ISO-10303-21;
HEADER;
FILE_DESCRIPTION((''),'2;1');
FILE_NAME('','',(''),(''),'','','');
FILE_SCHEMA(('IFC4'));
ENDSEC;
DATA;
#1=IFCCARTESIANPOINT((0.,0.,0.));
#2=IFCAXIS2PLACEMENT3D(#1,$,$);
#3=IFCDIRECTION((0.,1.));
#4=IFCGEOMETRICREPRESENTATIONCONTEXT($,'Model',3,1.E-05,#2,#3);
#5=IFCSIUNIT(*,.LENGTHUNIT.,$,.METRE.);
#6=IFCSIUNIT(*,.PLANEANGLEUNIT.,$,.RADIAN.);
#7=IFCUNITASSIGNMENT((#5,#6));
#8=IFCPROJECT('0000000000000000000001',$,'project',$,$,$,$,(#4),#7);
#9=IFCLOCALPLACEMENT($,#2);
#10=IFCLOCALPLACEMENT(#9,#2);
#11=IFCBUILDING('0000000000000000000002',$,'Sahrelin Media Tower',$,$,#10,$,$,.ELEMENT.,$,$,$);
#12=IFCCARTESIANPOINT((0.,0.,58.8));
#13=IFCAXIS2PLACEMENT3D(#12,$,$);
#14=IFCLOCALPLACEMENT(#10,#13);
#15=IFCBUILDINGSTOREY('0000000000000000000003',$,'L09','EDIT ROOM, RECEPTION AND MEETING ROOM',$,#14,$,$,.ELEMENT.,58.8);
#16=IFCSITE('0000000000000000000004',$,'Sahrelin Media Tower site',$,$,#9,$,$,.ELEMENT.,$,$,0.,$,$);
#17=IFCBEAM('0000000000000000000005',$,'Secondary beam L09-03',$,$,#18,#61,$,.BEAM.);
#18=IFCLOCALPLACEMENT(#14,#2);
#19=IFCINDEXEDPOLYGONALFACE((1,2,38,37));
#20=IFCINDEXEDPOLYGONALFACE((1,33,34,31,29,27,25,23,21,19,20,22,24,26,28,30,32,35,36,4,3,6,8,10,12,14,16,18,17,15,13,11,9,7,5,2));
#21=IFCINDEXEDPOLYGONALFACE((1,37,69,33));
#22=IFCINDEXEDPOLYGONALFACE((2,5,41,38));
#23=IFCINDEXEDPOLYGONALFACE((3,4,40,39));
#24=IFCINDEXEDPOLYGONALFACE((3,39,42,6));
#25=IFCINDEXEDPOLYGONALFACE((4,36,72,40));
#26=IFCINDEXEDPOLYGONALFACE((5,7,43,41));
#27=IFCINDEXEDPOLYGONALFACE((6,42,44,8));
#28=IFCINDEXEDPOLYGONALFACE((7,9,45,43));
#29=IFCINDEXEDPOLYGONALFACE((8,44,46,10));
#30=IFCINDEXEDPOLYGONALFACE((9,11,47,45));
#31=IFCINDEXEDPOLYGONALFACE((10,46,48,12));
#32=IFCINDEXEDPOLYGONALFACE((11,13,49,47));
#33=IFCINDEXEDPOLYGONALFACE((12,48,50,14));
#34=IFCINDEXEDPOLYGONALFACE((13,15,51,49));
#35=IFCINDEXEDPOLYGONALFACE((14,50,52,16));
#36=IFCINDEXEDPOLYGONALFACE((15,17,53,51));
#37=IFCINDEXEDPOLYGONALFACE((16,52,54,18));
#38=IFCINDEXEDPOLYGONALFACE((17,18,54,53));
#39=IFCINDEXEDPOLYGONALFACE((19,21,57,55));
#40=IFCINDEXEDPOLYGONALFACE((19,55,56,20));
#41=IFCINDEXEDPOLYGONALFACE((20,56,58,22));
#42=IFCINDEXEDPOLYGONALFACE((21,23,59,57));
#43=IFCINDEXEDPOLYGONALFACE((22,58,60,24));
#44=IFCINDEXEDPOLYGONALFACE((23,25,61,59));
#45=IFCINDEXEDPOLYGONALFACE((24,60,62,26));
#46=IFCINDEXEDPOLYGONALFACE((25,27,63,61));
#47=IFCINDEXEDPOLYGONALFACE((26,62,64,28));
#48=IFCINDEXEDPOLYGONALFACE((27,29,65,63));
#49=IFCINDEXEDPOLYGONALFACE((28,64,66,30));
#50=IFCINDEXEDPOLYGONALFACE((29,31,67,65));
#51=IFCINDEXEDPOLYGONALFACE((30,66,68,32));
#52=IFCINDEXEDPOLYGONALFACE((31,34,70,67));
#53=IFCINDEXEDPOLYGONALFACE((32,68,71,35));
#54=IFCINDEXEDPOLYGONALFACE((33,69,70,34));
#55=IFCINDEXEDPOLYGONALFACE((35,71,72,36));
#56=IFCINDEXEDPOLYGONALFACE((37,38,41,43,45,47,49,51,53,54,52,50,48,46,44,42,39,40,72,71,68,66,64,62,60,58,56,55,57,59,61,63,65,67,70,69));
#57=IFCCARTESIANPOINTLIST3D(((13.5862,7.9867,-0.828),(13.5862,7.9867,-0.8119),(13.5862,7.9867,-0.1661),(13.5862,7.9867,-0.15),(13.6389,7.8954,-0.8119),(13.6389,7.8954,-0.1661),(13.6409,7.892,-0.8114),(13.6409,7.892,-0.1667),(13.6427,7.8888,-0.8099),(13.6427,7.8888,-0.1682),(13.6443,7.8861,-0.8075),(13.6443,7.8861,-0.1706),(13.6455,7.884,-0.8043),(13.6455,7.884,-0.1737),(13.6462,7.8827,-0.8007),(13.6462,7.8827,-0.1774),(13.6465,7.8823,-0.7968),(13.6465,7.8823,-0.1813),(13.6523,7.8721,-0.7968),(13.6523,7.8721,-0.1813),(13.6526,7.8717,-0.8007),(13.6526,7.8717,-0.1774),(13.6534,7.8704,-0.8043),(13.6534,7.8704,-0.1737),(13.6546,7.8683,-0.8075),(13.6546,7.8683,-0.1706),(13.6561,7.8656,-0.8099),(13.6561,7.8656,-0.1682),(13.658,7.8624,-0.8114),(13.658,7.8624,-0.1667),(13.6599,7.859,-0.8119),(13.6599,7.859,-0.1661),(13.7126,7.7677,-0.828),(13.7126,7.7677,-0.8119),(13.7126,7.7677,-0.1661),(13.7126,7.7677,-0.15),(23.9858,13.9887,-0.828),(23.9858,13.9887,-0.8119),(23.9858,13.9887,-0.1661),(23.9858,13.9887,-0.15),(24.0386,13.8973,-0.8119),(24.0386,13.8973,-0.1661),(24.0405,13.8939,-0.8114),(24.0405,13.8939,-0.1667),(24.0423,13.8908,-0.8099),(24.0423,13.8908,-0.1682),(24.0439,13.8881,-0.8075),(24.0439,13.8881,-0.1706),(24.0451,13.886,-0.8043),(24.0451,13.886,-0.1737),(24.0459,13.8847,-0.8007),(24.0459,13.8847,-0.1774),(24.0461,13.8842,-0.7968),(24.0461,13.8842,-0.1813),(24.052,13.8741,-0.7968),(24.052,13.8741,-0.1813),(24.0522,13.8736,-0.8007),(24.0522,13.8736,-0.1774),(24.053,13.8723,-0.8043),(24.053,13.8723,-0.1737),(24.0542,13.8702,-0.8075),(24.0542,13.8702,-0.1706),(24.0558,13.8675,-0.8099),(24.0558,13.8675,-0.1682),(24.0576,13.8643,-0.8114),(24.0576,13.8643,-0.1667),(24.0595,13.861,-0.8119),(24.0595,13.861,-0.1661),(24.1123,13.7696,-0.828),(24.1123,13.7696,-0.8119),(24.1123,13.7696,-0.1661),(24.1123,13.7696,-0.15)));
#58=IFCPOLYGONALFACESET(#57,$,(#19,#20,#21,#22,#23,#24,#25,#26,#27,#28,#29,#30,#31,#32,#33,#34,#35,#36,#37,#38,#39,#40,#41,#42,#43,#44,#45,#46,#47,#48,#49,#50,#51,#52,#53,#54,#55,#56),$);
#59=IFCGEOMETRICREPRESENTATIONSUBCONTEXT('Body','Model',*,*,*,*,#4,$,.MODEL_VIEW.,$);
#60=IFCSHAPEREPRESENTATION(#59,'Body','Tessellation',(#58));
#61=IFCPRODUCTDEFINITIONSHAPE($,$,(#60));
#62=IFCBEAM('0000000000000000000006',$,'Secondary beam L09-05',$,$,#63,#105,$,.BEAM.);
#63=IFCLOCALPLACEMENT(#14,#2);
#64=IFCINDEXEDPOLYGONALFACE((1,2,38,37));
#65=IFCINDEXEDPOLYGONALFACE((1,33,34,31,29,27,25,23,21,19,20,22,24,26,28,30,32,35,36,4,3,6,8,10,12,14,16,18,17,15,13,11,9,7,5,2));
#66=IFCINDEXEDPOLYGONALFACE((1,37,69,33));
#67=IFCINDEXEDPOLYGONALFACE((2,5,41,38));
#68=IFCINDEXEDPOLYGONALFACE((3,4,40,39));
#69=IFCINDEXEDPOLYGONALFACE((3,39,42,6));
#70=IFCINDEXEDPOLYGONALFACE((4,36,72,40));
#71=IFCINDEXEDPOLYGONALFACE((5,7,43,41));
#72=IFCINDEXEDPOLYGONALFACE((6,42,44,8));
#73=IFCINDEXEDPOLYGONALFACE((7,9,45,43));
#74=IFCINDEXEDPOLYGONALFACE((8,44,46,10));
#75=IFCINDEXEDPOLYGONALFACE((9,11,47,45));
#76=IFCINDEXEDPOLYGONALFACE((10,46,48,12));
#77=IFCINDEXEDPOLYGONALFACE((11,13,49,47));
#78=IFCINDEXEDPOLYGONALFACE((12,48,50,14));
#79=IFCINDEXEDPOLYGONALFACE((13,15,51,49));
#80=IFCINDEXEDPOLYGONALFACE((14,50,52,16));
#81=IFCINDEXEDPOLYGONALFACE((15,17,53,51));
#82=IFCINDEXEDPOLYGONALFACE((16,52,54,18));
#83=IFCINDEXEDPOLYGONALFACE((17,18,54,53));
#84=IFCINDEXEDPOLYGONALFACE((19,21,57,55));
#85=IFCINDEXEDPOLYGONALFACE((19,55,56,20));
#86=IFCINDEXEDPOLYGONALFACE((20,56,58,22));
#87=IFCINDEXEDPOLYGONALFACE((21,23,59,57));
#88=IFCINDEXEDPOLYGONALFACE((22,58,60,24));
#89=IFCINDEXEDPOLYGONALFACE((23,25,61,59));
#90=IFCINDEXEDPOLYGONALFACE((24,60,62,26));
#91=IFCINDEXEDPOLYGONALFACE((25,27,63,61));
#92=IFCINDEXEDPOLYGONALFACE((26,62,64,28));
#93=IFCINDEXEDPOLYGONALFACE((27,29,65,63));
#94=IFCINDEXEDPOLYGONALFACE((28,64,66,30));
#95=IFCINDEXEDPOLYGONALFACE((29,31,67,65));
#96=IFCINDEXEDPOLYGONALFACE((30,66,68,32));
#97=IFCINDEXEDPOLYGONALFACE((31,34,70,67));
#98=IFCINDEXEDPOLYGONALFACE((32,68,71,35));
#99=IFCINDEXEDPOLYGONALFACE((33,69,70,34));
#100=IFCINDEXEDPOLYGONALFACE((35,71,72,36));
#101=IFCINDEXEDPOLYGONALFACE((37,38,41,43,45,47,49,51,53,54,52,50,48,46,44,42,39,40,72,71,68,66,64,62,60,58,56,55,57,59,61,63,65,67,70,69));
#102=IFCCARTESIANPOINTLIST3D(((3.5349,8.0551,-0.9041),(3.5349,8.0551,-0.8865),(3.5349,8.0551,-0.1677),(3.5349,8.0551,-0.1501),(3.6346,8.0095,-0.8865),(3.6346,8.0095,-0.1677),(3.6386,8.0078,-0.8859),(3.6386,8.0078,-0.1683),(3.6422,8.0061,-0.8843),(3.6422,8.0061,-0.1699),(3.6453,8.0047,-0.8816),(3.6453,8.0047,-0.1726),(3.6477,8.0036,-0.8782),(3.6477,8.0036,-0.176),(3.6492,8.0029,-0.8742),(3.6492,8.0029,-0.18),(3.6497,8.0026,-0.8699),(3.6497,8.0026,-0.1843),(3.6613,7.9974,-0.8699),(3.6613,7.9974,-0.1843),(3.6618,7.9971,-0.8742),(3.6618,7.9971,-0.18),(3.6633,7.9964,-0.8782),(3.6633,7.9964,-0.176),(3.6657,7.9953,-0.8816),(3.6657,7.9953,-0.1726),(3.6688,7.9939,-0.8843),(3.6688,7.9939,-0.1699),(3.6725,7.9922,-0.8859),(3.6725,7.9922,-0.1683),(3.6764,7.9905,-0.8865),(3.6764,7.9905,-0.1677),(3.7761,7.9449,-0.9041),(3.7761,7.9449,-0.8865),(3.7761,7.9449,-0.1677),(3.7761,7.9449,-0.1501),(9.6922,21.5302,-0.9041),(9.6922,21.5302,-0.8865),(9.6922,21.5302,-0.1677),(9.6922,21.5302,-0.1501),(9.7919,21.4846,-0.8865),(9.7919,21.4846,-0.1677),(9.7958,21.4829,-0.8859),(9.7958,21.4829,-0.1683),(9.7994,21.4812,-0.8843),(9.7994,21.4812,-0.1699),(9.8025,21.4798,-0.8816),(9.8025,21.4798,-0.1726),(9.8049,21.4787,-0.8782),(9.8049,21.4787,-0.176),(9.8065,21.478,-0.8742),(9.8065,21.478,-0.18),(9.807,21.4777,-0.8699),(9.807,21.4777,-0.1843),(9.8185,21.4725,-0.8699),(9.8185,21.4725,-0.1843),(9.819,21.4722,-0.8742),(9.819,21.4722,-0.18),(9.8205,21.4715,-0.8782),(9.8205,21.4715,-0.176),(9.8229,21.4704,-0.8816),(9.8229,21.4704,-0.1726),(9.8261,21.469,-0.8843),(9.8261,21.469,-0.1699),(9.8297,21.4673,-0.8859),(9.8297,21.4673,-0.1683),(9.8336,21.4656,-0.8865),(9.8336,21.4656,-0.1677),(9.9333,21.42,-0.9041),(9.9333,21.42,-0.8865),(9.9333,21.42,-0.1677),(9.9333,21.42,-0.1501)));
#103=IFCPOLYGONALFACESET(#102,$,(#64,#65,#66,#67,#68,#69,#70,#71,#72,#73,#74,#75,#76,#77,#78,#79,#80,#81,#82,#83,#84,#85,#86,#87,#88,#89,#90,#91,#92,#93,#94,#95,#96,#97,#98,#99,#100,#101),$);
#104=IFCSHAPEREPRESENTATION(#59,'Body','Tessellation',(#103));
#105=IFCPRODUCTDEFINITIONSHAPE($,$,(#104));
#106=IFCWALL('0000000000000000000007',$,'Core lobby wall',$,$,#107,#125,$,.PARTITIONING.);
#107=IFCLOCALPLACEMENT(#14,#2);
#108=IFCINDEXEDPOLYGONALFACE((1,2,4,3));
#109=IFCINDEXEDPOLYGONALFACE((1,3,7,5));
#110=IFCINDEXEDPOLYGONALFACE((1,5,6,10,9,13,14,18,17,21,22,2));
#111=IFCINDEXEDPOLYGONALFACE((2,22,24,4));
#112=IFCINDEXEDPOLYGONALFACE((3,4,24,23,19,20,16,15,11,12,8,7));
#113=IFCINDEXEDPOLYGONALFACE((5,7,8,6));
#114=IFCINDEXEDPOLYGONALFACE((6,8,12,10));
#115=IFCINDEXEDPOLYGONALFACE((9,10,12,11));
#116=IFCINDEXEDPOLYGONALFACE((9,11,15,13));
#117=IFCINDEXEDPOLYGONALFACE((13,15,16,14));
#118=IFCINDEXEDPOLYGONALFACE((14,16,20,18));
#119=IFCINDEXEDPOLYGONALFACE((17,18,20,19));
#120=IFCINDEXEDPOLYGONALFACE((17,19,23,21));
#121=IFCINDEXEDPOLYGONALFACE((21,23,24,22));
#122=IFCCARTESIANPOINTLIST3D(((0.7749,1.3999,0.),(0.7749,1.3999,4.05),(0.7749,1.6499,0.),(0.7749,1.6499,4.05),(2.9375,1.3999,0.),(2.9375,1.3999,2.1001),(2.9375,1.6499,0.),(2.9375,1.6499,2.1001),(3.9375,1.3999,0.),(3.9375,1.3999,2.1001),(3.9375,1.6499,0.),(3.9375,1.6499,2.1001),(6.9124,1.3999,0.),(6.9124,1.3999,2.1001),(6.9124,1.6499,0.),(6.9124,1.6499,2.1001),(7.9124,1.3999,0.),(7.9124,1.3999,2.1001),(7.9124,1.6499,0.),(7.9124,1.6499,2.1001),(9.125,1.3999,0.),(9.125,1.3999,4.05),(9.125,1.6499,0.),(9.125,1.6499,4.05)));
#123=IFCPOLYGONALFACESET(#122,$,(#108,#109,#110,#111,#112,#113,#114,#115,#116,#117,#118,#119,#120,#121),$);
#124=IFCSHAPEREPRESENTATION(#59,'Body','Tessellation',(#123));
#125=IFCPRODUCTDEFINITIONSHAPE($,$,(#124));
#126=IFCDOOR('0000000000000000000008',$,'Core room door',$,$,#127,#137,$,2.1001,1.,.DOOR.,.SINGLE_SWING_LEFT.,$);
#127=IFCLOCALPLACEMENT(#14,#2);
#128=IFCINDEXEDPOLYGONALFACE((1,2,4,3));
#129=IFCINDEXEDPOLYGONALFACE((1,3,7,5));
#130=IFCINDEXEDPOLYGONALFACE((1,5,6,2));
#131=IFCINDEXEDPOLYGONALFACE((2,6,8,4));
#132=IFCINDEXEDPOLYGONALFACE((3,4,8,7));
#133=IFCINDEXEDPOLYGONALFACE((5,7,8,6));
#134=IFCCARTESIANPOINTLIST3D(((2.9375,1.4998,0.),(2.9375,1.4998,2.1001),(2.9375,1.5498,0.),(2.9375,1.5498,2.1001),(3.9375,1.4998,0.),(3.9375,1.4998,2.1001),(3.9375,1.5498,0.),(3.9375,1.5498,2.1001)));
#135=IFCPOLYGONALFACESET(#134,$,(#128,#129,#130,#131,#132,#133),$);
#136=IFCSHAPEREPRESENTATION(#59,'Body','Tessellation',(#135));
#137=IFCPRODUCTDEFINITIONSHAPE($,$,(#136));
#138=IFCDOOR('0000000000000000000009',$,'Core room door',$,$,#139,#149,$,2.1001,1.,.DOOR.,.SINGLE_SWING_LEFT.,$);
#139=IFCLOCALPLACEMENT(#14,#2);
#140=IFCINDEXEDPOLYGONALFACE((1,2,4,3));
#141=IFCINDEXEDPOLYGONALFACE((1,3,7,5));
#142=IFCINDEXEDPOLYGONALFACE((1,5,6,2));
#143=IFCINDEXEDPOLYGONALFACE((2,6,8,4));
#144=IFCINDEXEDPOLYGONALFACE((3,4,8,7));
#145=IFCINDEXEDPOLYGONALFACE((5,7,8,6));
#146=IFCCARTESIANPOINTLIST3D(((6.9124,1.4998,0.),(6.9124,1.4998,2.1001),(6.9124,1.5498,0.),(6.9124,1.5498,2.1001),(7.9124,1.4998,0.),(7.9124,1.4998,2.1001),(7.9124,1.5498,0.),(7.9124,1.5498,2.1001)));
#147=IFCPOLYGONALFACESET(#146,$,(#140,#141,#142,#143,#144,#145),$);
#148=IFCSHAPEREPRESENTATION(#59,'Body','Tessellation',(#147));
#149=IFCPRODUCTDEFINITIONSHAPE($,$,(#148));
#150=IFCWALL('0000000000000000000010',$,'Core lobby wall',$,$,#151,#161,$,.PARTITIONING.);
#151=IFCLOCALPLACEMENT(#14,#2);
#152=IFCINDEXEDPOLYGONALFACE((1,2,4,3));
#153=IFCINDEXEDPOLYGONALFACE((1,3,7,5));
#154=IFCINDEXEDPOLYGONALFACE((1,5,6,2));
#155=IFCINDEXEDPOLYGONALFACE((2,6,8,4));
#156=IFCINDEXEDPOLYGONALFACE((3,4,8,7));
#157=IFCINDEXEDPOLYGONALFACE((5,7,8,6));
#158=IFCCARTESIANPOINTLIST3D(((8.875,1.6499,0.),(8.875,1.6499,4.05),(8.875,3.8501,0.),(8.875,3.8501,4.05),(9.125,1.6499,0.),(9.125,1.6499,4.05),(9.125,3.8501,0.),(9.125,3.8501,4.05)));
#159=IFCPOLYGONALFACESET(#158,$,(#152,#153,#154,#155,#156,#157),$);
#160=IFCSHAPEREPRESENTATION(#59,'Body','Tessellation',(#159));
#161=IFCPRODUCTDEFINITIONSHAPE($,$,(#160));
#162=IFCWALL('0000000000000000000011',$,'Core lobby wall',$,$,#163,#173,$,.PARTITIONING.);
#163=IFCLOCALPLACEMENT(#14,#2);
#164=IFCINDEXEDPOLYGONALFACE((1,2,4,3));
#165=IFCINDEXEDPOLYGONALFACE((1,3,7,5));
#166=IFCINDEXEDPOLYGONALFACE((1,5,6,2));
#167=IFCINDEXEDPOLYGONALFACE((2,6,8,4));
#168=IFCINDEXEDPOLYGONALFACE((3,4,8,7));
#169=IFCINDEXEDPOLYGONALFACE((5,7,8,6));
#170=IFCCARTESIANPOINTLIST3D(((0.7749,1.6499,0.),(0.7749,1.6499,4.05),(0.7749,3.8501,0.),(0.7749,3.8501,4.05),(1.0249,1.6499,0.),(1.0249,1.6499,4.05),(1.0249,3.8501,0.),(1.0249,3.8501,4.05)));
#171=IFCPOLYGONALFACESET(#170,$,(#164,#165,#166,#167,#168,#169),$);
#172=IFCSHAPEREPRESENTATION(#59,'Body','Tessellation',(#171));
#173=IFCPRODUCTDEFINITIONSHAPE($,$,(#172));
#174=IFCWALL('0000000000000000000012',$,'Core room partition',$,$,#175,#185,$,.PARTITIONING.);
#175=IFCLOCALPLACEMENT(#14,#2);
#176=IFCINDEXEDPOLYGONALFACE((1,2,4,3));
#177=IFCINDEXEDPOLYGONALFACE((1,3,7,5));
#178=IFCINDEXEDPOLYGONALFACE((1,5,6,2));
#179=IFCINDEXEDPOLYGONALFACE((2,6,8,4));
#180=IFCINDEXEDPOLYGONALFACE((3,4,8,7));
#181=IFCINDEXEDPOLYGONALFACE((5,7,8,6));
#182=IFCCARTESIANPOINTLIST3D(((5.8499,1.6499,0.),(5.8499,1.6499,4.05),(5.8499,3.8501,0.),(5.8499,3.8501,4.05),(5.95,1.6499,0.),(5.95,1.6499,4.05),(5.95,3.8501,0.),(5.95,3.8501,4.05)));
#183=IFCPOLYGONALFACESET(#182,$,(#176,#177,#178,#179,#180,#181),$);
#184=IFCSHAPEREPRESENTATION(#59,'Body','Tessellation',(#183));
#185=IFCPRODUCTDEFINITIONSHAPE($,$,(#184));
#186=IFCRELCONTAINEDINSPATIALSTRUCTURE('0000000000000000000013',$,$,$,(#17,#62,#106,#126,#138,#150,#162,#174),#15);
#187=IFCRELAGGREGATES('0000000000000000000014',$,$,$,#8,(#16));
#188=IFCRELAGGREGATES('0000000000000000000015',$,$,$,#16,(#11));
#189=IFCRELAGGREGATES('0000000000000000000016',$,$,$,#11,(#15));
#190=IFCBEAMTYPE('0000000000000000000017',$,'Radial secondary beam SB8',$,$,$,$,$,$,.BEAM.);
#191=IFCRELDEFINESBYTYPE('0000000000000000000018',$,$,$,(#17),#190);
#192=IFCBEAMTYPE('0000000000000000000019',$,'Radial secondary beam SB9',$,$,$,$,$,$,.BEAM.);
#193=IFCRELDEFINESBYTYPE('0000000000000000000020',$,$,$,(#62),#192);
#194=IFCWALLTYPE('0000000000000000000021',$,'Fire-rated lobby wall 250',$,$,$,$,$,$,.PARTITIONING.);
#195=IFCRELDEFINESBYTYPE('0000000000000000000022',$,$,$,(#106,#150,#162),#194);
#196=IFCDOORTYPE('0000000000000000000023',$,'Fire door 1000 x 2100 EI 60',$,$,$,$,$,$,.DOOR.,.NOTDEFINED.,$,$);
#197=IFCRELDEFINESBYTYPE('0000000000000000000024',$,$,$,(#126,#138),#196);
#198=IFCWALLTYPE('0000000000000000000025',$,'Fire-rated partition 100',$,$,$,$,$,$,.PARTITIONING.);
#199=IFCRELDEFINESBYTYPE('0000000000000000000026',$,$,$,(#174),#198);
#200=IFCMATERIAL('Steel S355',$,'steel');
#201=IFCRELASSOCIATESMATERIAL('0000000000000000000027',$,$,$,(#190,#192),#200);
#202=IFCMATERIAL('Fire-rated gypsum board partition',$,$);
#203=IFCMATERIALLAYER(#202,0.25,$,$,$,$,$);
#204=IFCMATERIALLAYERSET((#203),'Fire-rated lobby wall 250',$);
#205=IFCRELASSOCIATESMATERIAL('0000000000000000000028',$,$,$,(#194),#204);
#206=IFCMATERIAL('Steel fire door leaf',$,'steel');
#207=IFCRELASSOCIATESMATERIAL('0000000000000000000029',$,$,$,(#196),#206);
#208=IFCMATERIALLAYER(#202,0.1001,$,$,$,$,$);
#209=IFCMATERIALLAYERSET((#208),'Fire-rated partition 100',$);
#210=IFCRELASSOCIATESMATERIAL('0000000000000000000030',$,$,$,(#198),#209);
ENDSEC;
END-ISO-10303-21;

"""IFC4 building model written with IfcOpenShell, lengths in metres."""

from ifc_helpers import new_model, si_unit, direction, frame, frame_2d, origin, origin_2d, place, context, subcontext, project, spatial, rectangle, i_section, extrude, material, layer, layer_set, material_profile, profile_set, type_object, element, fill, save


model = new_model("IFC4")

# Units and contexts
model_context = context("Model", 3, precision=1e-05, world=origin(), true_north=direction((0.0, 1.0)))
body_context = subcontext(model_context, "Body", "Model", "MODEL_VIEW")
ifc_project = project(units=[si_unit("LENGTHUNIT", "METRE"), si_unit("PLANEANGLEUNIT", "RADIAN")], contexts=[model_context])

# Site, building, storey
site_placement = place(None, origin())
site = spatial("IfcSite", under=ifc_project, at=site_placement, Name="Sahrelin Media Tower site", CompositionType="ELEMENT", RefElevation=0.0)
building_placement = place(site_placement, origin())
building = spatial("IfcBuilding", under=site, at=building_placement, Name="Sahrelin Media Tower", CompositionType="ELEMENT")
storey_placement = place(building_placement, frame((0.0, 0.0, 58.8)))
storey = spatial("IfcBuildingStorey", under=building, at=storey_placement, Name="L09", Description="EDIT ROOM, RECEPTION AND MEETING ROOM", CompositionType="ELEMENT", Elevation=58.8)

# Beams
ifc_material_1 = material(Name="Steel S355", Category="steel")
ifc_material_profile_1 = material_profile(ifc_material_1, i_section(OverallWidth=0.2529, OverallDepth=0.678, WebThickness=0.0117, FlangeThickness=0.0161, FilletRadius=0.0151, at=origin_2d()), Name="UB 686x254x125")
ifc_profile_set_1 = profile_set([ifc_material_profile_1], Name="Steel S355")
beam_type_1 = type_object("IfcBeamType", Name="Radial secondary beam SB8", PredefinedType="BEAM", material=ifc_profile_set_1)
beam_1_placement = place(storey_placement, frame((13.6494, 7.8772, -0.489), z_axis=(0.866108, 0.499857, 0.0), x_axis=(-0.499857, 0.866108, 0.0)))
element("IfcBeam", 1, at=beam_1_placement, inside=storey, type_object=beam_type_1, Name="Secondary beam L09-03", PredefinedType="BEAM", context=body_context, shape_type="SweptSolid", body=[
    extrude(i_section(OverallWidth=0.2529, OverallDepth=0.678, WebThickness=0.0117, FlangeThickness=0.0161, FilletRadius=0.0151, at=origin_2d()), origin(), (0.0, 0.0, 1.0), 12.0073),
])
ifc_material_profile_2 = material_profile(ifc_material_1, i_section(OverallWidth=0.2651, OverallDepth=0.7539, WebThickness=0.0127, FlangeThickness=0.0176, FilletRadius=0.0166, at=origin_2d()), Name="UB 762x267x147")
ifc_profile_set_2 = profile_set([ifc_material_profile_2], Name="Steel S355")
beam_type_2 = type_object("IfcBeamType", Name="Radial secondary beam SB9", PredefinedType="BEAM", material=ifc_profile_set_2)
beam_2_placement = place(storey_placement, frame((3.6555, 8.0, -0.5271), z_axis=(0.415602, 0.909546, 0.0), x_axis=(-0.909546, 0.415602, 0.0)))
element("IfcBeam", 2, at=beam_2_placement, inside=storey, type_object=beam_type_2, Name="Secondary beam L09-05", PredefinedType="BEAM", context=body_context, shape_type="SweptSolid", body=[
    extrude(i_section(OverallWidth=0.2651, OverallDepth=0.7539, WebThickness=0.0127, FlangeThickness=0.0176, FilletRadius=0.0166, at=origin_2d()), origin(), (0.0, 0.0, 1.0), 14.8152),
])

# Wall, openings, doors
ifc_material_2 = material(Name="Fire-rated gypsum board partition")
ifc_layer_1 = layer(ifc_material_2, 0.25)
ifc_layer_set_1 = layer_set([ifc_layer_1], Name="Fire-rated lobby wall 250")
wall_type_1 = type_object("IfcWallType", Name="Fire-rated lobby wall 250", PredefinedType="PARTITIONING", material=ifc_layer_set_1)
wall_1_placement = place(storey_placement, frame((0.7749, 1.5249, 0.0), z_axis=(0.0, 0.0, 1.0), x_axis=(1.0, 0.0, 0.0)))
wall_1 = element("IfcWall", 3, at=wall_1_placement, inside=storey, type_object=wall_type_1, Name="Core lobby wall", PredefinedType="PARTITIONING", context=body_context, shape_type="SweptSolid", body=[
    extrude(rectangle(XDim=8.3501, YDim=0.25, at=frame_2d((4.175, 0.0))), origin(), (0.0, 0.0, 1.0), 4.05),
])
opening_1_placement = place(wall_1_placement, frame((2.1626, 0.0, 0.0)))
opening_1 = element("IfcOpeningElement", 4, at=opening_1_placement, cuts=wall_1, PredefinedType="OPENING", context=body_context, shape_type="SweptSolid", body=[
    extrude(rectangle(XDim=1.0, YDim=2.1001, at=frame_2d((0.5, 1.05))), frame((0.0, 0.125, 0.0), z_axis=(0.0, -1.0, 0.0), x_axis=(1.0, 0.0, 0.0)), (0.0, 0.0, 1.0), 0.25),
])
opening_2_placement = place(wall_1_placement, frame((6.1375, 0.0, 0.0)))
opening_2 = element("IfcOpeningElement", 5, at=opening_2_placement, cuts=wall_1, PredefinedType="OPENING", context=body_context, shape_type="SweptSolid", body=[
    extrude(rectangle(XDim=1.0, YDim=2.1001, at=frame_2d((0.5, 1.05))), frame((0.0, 0.125, 0.0), z_axis=(0.0, -1.0, 0.0), x_axis=(1.0, 0.0, 0.0)), (0.0, 0.0, 1.0), 0.25),
])
ifc_material_3 = material(Name="Steel fire door leaf", Category="steel")
door_type_1 = type_object("IfcDoorType", Name="Fire door 1000 x 2100 EI 60", OperationType="NOTDEFINED", PredefinedType="DOOR", material=ifc_material_3)
door_1_placement = place(opening_1_placement, origin())
door_1 = element("IfcDoor", 6, at=door_1_placement, inside=storey, type_object=door_type_1, Name="Core room door", OperationType="SINGLE_SWING_LEFT", OverallHeight=2.1001, OverallWidth=1.0, PredefinedType="DOOR", context=body_context, shape_type="SweptSolid", body=[
    extrude(rectangle(XDim=1.0, YDim=2.1001, at=frame_2d((0.5, 1.05))), frame((0.0, 0.0249, 0.0), z_axis=(0.0, -1.0, 0.0), x_axis=(1.0, 0.0, 0.0)), (0.0, 0.0, 1.0), 0.05),
])
fill(opening_1, door_1)
door_2_placement = place(opening_2_placement, origin())
door_2 = element("IfcDoor", 7, at=door_2_placement, inside=storey, type_object=door_type_1, Name="Core room door", OperationType="SINGLE_SWING_LEFT", OverallHeight=2.1001, OverallWidth=1.0, PredefinedType="DOOR", context=body_context, shape_type="SweptSolid", body=[
    extrude(rectangle(XDim=1.0, YDim=2.1001, at=frame_2d((0.5, 1.05))), frame((0.0, 0.0249, 0.0), z_axis=(0.0, -1.0, 0.0), x_axis=(1.0, 0.0, 0.0)), (0.0, 0.0, 1.0), 0.05),
])
fill(opening_2, door_2)

# Walls
for number, where, z_axis, x_axis, name in (
    (8, (9.0, 1.6499, 0.0), (0.0, 0.0, 1.0), (0.0, 1.0, 0.0), "Core lobby wall"),
    (9, (0.8999, 1.6499, 0.0), (0.0, 0.0, 1.0), (0.0, 1.0, 0.0), "Core lobby wall"),
):
    element("IfcWall", number, at=place(storey_placement, frame(where, z_axis=z_axis, x_axis=x_axis)), inside=storey, type_object=wall_type_1, Name=name, PredefinedType="PARTITIONING", context=body_context, shape_type="SweptSolid", body=[
        extrude(rectangle(XDim=2.2002, YDim=0.25, at=frame_2d((1.1001, 0.0))), origin(), (0.0, 0.0, 1.0), 4.05),
    ])
ifc_layer_2 = layer(ifc_material_2, 0.1001)
ifc_layer_set_2 = layer_set([ifc_layer_2], Name="Fire-rated partition 100")
wall_type_2 = type_object("IfcWallType", Name="Fire-rated partition 100", PredefinedType="PARTITIONING", material=ifc_layer_set_2)
wall_2_placement = place(storey_placement, frame((5.8999, 1.6499, 0.0), z_axis=(0.0, 0.0, 1.0), x_axis=(0.0, 1.0, 0.0)))
element("IfcWall", 10, at=wall_2_placement, inside=storey, type_object=wall_type_2, Name="Core room partition", PredefinedType="PARTITIONING", context=body_context, shape_type="SweptSolid", body=[
    extrude(rectangle(XDim=2.2002, YDim=0.1001, at=frame_2d((1.1001, 0.0))), origin(), (0.0, 0.0, 1.0), 4.05),
])

save(model, "model.ifc")
